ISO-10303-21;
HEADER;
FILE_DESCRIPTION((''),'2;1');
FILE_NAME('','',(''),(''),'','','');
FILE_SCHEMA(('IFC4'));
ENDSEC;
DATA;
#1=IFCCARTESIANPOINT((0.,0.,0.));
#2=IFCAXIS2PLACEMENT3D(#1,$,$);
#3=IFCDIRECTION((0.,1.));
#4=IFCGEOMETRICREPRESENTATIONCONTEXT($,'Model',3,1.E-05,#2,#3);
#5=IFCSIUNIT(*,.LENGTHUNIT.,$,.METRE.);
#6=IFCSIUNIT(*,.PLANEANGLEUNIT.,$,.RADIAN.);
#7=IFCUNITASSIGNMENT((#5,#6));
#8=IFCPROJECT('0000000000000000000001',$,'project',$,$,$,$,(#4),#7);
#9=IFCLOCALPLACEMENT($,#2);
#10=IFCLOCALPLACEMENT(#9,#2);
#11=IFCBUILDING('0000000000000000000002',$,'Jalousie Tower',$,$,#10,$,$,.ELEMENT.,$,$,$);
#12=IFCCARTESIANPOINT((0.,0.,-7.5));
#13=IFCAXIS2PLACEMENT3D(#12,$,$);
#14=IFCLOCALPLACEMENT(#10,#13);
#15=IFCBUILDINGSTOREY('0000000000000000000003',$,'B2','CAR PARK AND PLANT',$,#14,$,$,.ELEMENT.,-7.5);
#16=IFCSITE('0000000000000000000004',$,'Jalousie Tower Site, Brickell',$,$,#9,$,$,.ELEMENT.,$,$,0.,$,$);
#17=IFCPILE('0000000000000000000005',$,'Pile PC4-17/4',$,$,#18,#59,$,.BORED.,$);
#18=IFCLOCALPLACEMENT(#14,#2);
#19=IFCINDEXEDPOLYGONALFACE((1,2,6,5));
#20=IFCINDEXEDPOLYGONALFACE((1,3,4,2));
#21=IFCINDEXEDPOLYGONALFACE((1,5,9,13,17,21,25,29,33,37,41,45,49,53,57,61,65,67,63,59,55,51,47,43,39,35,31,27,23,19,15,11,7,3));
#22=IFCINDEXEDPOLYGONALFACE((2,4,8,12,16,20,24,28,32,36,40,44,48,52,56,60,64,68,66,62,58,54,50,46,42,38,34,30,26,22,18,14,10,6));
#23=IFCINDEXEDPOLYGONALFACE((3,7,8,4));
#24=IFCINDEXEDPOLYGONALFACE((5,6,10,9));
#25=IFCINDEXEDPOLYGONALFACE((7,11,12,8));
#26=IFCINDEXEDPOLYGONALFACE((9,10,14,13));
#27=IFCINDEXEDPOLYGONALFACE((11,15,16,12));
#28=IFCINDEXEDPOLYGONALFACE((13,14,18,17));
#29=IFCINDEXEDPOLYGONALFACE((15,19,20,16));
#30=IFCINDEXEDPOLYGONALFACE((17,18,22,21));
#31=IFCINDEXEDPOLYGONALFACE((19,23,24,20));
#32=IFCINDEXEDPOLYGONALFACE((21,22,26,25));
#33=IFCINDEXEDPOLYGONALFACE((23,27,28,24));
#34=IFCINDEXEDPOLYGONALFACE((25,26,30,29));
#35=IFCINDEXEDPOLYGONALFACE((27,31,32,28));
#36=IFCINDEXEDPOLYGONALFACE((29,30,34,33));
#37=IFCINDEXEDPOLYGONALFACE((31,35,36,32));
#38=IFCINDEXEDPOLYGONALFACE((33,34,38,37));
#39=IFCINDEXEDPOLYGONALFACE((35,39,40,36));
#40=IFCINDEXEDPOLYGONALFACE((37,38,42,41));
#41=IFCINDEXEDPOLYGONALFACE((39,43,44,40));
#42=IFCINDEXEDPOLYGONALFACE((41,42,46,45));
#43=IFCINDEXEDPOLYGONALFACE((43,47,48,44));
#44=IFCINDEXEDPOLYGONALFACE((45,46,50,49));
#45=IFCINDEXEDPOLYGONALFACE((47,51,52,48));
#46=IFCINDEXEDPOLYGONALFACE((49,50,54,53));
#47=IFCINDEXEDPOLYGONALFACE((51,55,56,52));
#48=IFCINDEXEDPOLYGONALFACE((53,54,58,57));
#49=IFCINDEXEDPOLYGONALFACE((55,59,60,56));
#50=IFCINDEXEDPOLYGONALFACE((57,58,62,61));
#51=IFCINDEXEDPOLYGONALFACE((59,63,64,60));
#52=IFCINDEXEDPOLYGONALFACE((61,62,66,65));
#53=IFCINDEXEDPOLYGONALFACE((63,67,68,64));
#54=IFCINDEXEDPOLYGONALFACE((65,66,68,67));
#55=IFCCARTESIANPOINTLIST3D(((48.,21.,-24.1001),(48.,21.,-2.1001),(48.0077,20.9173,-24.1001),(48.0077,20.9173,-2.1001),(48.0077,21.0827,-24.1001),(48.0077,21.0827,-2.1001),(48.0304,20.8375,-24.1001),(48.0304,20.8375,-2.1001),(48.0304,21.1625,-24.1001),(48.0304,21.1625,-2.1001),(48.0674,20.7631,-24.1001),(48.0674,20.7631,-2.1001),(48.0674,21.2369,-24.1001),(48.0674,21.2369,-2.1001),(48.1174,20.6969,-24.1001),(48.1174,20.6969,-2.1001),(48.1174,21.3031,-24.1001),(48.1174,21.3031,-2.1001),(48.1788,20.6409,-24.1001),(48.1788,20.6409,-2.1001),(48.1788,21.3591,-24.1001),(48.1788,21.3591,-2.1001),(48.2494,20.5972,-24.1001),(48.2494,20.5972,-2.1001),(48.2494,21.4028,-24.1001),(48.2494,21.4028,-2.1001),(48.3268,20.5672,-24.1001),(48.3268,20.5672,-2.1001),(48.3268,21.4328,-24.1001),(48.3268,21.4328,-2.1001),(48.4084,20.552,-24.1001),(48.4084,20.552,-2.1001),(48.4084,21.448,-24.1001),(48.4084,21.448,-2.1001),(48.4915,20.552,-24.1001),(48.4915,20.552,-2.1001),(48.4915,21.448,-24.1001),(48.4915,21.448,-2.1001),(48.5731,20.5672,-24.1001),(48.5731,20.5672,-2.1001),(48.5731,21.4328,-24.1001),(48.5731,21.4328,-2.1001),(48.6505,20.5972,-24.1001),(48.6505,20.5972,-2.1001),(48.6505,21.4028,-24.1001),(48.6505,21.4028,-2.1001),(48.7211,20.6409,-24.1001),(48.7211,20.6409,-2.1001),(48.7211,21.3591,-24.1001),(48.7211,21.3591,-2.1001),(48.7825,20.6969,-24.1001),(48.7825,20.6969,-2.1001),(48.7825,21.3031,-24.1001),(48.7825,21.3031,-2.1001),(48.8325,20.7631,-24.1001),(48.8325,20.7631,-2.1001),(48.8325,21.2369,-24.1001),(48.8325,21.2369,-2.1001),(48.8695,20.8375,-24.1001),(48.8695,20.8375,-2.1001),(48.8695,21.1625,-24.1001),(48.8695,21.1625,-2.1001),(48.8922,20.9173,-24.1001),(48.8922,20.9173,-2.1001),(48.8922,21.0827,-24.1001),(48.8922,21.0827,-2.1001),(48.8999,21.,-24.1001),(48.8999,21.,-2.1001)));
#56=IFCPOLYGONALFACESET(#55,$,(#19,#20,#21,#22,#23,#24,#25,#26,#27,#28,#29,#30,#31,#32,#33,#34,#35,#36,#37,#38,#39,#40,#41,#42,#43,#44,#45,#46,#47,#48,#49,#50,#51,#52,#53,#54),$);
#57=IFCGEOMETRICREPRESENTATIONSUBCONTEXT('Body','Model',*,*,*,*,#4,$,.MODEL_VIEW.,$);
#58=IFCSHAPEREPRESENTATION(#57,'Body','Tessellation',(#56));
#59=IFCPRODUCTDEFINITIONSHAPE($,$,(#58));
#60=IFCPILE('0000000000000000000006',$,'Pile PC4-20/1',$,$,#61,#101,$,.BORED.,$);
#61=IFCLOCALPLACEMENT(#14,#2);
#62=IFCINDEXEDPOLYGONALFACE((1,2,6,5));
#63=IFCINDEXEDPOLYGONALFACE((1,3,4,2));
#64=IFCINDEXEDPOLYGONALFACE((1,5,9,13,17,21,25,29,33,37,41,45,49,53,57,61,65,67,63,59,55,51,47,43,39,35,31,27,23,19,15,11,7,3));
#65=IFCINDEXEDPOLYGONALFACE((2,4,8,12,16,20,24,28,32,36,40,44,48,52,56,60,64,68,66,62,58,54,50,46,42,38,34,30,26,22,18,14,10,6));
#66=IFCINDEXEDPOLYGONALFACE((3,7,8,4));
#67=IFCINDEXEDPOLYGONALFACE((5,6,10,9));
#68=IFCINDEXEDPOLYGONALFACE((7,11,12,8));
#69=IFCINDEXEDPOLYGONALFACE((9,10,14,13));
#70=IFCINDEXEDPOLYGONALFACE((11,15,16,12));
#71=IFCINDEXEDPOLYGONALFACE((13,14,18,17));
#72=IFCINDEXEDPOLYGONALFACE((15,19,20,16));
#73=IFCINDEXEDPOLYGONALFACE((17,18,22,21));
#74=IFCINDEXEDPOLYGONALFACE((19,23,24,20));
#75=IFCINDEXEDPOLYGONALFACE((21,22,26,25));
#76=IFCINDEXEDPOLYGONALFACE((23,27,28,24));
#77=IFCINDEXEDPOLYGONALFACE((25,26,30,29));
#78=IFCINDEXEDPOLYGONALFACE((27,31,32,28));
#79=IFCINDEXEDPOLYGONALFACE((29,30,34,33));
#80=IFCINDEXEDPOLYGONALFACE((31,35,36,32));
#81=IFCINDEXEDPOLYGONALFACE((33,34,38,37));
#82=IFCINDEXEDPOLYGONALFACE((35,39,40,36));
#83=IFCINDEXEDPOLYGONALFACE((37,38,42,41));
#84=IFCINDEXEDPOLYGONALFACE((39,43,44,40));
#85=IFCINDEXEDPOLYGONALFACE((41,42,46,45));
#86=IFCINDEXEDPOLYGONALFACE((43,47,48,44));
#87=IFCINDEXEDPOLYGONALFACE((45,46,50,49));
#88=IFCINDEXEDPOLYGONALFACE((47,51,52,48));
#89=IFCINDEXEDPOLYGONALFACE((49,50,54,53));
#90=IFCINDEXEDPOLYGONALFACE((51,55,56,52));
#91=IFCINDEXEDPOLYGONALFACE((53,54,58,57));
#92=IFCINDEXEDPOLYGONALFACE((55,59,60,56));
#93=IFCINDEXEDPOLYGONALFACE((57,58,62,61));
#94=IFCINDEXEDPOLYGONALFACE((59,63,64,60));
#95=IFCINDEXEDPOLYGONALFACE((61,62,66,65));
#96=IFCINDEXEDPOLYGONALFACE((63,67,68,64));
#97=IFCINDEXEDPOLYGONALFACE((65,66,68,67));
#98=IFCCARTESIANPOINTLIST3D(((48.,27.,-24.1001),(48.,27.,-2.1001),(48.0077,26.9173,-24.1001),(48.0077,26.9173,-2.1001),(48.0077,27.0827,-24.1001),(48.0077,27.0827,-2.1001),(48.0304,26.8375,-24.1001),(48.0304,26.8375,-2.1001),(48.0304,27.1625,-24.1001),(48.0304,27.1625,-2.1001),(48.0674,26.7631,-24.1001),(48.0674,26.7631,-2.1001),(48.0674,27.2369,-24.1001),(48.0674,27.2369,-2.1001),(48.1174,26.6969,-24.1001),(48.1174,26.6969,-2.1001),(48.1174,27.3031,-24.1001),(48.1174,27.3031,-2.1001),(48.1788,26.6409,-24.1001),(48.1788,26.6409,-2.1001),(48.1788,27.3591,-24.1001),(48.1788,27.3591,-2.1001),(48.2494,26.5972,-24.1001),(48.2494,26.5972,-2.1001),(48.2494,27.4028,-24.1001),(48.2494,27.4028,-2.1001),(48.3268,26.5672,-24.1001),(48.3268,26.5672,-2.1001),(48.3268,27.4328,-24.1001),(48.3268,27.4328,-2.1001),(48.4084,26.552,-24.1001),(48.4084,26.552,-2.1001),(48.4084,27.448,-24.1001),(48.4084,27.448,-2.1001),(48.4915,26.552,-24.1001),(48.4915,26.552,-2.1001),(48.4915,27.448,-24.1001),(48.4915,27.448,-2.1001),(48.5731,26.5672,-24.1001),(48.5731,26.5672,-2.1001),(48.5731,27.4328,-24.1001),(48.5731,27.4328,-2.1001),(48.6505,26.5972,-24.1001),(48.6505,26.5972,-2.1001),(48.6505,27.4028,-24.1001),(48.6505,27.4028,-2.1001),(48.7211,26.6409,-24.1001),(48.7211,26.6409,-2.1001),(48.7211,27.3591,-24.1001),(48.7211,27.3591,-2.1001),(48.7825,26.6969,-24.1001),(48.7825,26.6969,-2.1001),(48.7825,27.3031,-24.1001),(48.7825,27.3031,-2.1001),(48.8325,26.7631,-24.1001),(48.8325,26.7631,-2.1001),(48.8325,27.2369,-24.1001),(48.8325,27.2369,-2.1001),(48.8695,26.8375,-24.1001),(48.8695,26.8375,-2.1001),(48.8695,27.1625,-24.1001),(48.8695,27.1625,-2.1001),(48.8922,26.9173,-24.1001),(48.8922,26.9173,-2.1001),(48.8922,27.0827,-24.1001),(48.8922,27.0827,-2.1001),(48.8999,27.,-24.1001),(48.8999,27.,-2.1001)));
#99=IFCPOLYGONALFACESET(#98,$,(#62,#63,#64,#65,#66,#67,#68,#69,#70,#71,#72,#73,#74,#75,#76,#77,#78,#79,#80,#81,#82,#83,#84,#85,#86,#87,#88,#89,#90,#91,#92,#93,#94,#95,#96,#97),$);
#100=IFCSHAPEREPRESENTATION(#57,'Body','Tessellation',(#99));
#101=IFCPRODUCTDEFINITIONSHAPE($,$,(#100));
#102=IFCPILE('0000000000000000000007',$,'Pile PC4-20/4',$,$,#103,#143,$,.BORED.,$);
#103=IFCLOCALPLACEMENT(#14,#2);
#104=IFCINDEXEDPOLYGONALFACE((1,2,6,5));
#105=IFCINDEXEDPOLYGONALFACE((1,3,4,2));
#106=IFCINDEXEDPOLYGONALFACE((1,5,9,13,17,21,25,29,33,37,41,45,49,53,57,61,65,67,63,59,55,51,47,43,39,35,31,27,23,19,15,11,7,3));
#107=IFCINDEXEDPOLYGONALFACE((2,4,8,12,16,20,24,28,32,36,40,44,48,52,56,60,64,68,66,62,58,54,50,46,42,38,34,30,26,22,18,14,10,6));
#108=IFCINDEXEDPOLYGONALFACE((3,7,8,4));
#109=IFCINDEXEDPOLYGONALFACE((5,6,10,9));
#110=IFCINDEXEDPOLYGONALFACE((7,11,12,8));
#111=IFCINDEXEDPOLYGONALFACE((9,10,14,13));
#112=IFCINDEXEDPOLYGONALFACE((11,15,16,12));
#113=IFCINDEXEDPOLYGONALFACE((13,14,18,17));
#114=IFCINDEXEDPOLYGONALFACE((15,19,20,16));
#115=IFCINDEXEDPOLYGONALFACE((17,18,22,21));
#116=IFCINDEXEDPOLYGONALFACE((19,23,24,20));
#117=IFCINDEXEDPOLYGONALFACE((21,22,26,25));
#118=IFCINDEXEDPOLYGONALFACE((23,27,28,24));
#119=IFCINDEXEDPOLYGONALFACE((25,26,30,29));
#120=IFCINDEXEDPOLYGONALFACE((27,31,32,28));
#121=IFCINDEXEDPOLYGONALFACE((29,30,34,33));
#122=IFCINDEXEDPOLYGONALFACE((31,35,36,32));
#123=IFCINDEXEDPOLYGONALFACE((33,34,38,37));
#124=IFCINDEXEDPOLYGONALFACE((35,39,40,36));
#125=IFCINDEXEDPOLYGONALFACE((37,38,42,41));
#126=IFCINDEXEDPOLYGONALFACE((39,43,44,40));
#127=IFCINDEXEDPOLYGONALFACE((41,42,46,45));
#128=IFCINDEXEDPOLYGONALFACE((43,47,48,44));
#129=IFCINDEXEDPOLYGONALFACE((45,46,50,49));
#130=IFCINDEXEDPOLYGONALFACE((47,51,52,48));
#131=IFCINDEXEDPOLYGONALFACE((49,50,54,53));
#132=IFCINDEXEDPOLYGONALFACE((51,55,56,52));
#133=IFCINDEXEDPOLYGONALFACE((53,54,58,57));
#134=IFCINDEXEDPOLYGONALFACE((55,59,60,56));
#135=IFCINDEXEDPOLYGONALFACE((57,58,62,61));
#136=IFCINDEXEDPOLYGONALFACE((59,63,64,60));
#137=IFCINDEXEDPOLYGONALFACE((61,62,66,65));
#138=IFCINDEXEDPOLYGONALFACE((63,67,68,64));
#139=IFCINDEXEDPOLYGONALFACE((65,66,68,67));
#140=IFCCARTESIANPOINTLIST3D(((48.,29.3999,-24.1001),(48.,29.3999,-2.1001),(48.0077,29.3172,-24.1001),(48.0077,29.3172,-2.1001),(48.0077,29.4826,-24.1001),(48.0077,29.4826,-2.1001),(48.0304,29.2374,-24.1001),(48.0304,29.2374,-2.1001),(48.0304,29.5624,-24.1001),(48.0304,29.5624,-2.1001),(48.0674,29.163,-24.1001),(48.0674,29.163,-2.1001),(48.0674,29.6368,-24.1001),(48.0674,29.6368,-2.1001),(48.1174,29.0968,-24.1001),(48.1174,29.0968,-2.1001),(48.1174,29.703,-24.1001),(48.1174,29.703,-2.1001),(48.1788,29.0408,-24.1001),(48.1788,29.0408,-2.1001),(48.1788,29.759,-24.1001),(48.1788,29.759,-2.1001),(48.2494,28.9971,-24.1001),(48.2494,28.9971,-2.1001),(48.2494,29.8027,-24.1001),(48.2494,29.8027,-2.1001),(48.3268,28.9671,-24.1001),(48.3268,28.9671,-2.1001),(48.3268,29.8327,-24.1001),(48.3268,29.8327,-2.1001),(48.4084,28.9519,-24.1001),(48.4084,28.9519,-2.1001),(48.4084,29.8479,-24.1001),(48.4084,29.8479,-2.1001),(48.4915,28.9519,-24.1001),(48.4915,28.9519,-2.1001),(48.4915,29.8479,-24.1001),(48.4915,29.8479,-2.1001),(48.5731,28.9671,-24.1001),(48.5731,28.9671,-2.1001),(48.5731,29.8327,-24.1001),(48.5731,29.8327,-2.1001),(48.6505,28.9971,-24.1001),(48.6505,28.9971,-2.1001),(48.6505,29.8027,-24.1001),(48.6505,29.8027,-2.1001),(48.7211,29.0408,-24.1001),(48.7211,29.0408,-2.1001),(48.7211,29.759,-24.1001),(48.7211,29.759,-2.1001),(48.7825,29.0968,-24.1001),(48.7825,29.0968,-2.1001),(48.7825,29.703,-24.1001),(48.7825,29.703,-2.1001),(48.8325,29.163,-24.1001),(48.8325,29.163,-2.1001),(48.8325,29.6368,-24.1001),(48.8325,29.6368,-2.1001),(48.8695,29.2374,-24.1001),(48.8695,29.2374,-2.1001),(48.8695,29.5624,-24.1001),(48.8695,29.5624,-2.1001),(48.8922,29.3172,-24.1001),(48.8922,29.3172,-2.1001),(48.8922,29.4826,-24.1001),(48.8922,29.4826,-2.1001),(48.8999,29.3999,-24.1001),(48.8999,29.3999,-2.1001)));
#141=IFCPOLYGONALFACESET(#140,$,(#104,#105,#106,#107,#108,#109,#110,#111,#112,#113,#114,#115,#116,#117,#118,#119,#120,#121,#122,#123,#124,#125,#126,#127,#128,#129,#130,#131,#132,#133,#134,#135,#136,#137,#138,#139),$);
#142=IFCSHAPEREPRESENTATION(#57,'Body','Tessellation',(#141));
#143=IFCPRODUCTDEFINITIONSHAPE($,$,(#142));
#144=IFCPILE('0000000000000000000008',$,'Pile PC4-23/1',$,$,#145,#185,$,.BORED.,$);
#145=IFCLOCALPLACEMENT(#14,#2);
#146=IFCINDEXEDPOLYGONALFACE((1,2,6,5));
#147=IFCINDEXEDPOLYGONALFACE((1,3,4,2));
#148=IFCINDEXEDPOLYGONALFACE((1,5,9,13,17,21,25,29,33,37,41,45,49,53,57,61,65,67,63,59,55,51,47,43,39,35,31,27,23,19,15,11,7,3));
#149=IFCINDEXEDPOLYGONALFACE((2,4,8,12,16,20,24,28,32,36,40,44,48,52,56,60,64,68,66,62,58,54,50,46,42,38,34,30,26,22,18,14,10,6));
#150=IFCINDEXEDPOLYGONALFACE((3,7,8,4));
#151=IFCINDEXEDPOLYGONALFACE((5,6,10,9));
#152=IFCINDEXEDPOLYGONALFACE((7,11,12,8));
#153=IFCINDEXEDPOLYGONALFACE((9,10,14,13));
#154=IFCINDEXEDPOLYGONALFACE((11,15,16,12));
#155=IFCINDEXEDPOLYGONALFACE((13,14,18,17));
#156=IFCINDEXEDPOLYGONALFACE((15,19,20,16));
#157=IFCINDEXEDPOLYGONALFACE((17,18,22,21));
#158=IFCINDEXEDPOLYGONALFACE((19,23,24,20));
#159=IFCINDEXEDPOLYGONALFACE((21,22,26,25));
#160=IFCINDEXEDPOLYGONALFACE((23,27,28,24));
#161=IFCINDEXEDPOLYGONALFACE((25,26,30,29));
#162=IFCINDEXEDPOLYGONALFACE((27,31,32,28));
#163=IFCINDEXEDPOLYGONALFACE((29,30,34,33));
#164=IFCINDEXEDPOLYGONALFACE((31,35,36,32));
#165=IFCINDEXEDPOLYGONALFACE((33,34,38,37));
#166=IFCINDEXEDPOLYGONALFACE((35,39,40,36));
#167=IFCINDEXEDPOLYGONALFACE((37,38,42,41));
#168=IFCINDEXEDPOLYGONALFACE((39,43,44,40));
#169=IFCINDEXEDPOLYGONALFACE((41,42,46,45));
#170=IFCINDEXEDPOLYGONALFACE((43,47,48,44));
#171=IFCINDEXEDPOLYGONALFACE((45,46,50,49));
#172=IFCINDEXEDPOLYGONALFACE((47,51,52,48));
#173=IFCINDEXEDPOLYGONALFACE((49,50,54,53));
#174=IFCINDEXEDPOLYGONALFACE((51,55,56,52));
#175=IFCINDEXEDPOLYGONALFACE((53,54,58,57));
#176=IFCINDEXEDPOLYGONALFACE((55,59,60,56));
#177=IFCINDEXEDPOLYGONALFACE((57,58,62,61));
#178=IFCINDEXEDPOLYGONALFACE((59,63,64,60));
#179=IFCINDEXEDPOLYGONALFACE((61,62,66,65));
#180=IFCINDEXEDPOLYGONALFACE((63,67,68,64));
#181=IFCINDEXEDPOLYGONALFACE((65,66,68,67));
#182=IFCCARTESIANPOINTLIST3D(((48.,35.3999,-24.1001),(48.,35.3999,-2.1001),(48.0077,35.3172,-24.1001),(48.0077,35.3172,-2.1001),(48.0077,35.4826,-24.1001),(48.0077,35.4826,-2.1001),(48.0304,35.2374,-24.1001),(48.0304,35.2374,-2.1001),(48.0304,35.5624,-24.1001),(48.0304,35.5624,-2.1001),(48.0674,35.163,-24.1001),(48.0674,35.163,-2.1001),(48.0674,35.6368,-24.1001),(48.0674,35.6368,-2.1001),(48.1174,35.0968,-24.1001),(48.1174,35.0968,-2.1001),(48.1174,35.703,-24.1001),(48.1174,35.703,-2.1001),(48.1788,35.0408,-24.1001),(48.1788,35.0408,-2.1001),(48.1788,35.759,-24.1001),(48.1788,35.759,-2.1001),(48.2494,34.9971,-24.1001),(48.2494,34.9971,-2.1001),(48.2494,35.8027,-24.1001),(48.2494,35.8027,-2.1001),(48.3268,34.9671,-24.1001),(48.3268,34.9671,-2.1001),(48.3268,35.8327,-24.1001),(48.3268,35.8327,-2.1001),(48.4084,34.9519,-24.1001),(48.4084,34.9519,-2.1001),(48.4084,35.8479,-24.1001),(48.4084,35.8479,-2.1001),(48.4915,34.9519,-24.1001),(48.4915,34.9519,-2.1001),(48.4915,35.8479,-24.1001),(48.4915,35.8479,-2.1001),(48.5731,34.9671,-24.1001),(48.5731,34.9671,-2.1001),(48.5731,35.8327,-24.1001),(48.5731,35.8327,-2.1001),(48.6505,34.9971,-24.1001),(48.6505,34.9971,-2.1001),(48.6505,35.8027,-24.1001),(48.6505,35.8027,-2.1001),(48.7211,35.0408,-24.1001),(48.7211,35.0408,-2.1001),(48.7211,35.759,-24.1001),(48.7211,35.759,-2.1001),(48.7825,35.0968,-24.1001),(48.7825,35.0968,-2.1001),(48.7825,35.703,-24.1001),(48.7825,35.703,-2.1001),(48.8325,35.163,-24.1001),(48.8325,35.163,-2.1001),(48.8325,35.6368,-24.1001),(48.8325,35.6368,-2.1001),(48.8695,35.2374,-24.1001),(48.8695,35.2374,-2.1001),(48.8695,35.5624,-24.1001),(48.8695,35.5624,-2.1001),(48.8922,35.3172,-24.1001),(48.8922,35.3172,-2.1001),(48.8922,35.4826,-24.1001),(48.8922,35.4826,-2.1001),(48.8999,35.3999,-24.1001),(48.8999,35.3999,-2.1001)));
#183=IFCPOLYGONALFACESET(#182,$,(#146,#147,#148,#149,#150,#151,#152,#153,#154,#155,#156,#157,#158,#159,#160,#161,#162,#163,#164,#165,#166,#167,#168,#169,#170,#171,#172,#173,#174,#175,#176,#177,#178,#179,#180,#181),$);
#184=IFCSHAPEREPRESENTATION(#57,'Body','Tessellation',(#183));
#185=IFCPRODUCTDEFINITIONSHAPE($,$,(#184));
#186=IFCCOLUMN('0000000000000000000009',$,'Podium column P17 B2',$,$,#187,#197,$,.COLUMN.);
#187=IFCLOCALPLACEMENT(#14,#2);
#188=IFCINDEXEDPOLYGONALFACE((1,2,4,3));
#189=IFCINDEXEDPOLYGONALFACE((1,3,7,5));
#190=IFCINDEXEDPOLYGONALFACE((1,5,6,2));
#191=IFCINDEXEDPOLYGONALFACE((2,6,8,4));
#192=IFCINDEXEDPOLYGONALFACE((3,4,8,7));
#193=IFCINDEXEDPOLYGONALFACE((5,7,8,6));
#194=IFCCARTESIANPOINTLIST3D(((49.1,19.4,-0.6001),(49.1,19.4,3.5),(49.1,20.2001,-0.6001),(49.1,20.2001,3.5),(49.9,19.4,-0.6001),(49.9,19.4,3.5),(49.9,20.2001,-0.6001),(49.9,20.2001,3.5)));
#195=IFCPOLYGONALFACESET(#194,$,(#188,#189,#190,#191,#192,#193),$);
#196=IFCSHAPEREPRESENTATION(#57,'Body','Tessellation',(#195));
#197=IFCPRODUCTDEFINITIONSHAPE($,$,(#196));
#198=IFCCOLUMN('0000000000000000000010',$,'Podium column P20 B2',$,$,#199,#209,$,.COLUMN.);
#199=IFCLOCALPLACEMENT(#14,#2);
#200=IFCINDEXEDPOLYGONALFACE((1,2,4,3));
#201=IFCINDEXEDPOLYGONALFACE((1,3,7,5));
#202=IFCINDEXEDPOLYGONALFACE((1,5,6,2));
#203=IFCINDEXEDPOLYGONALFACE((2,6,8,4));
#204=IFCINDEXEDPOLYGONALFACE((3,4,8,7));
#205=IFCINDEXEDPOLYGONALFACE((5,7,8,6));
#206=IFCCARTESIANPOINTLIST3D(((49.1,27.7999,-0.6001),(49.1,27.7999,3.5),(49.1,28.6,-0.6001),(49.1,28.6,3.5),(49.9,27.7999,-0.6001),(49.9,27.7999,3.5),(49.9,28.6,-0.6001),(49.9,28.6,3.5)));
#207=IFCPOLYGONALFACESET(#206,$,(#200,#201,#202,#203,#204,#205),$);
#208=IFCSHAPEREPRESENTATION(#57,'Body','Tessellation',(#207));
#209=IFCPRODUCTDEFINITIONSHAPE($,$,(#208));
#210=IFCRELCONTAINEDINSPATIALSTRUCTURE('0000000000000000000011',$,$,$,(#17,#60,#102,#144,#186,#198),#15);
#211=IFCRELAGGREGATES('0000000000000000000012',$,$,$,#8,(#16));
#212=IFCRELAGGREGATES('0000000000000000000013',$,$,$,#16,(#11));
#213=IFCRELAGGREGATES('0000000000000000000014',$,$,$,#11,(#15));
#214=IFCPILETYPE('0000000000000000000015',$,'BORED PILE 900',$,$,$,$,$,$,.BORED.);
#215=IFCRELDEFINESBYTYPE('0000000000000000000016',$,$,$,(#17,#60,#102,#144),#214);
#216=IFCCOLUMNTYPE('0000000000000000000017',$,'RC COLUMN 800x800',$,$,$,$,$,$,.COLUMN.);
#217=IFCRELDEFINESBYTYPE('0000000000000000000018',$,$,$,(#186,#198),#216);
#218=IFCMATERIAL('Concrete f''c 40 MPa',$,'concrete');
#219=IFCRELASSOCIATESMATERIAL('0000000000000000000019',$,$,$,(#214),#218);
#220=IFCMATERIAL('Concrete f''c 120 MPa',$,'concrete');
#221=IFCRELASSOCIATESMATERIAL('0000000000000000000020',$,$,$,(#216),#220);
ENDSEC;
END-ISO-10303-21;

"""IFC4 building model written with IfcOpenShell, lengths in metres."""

from ifc_helpers import new_model, si_unit, direction, frame, origin, origin_2d, place, context, subcontext, project, spatial, rectangle, circle, extrude, material, material_profile, profile_set, type_object, element, save


model = new_model("IFC4")

# Units and contexts
model_context = context("Model", 3, precision=1e-05, world=origin(), true_north=direction((0.0, 1.0)))
body_context = subcontext(model_context, "Body", "Model", "MODEL_VIEW")
ifc_project = project(units=[si_unit("LENGTHUNIT", "METRE"), si_unit("PLANEANGLEUNIT", "RADIAN")], contexts=[model_context])

# Site, building, storey
site_placement = place(None, origin())
site = spatial("IfcSite", under=ifc_project, at=site_placement, Name="Jalousie Tower Site, Brickell", CompositionType="ELEMENT", RefElevation=0.0)
building_placement = place(site_placement, origin())
building = spatial("IfcBuilding", under=site, at=building_placement, Name="Jalousie Tower", CompositionType="ELEMENT")
storey_placement = place(building_placement, frame((0.0, 0.0, -7.5)))
storey = spatial("IfcBuildingStorey", under=building, at=storey_placement, Name="B2", Description="CAR PARK AND PLANT", CompositionType="ELEMENT", Elevation=-7.5)

# Piles
ifc_material_1 = material(Name="Concrete f'c 40 MPa", Category="concrete")
ifc_material_profile_1 = material_profile(ifc_material_1, circle(Radius=0.45, at=origin_2d()), Name="BORED PILE D900")
ifc_profile_set_1 = profile_set([ifc_material_profile_1], Name="Concrete f'c 40 MPa")
pile_type_1 = type_object("IfcPileType", Name="BORED PILE 900", PredefinedType="BORED", material=ifc_profile_set_1)
for number, where, z_axis, x_axis, name in (
    (1, (48.45, 21.0, -2.1001), (0.0, 0.0, -1.0), (1.0, 0.0, 0.0), "Pile PC4-17/4"),
    (2, (48.45, 27.0, -2.1001), (0.0, 0.0, -1.0), (1.0, 0.0, 0.0), "Pile PC4-20/1"),
    (3, (48.45, 29.3999, -2.1001), (0.0, 0.0, -1.0), (1.0, 0.0, 0.0), "Pile PC4-20/4"),
    (4, (48.45, 35.3999, -2.1001), (0.0, 0.0, -1.0), (1.0, 0.0, 0.0), "Pile PC4-23/1"),
):
    element("IfcPile", number, at=place(storey_placement, frame(where, z_axis=z_axis, x_axis=x_axis)), inside=storey, type_object=pile_type_1, Name=name, PredefinedType="BORED", context=body_context, shape_type="SweptSolid", body=[
        extrude(circle(Radius=0.45, at=origin_2d()), origin(), (0.0, 0.0, 1.0), 22.0),
    ])

# Columns
ifc_material_2 = material(Name="Concrete f'c 120 MPa", Category="concrete")
ifc_material_profile_2 = material_profile(ifc_material_2, rectangle(XDim=0.8, YDim=0.8, at=origin_2d()), Name="RC 800x800")
ifc_profile_set_2 = profile_set([ifc_material_profile_2], Name="Concrete f'c 120 MPa")
column_type = type_object("IfcColumnType", Name="RC COLUMN 800x800", PredefinedType="COLUMN", material=ifc_profile_set_2)
for number, where, z_axis, x_axis, name in (
    (5, (49.5, 19.8, -0.6001), (0.0, 0.0, 1.0), (1.0, 0.0, 0.0), "Podium column P17 B2"),
    (6, (49.5, 28.2, -0.6001), (0.0, 0.0, 1.0), (1.0, 0.0, 0.0), "Podium column P20 B2"),
):
    element("IfcColumn", number, at=place(storey_placement, frame(where, z_axis=z_axis, x_axis=x_axis)), inside=storey, type_object=column_type, Name=name, PredefinedType="COLUMN", context=body_context, shape_type="SweptSolid", body=[
        extrude(rectangle(XDim=0.8, YDim=0.8, at=origin_2d()), origin(), (0.0, 0.0, 1.0), 4.1001),
    ])

save(model, "model.ifc")
